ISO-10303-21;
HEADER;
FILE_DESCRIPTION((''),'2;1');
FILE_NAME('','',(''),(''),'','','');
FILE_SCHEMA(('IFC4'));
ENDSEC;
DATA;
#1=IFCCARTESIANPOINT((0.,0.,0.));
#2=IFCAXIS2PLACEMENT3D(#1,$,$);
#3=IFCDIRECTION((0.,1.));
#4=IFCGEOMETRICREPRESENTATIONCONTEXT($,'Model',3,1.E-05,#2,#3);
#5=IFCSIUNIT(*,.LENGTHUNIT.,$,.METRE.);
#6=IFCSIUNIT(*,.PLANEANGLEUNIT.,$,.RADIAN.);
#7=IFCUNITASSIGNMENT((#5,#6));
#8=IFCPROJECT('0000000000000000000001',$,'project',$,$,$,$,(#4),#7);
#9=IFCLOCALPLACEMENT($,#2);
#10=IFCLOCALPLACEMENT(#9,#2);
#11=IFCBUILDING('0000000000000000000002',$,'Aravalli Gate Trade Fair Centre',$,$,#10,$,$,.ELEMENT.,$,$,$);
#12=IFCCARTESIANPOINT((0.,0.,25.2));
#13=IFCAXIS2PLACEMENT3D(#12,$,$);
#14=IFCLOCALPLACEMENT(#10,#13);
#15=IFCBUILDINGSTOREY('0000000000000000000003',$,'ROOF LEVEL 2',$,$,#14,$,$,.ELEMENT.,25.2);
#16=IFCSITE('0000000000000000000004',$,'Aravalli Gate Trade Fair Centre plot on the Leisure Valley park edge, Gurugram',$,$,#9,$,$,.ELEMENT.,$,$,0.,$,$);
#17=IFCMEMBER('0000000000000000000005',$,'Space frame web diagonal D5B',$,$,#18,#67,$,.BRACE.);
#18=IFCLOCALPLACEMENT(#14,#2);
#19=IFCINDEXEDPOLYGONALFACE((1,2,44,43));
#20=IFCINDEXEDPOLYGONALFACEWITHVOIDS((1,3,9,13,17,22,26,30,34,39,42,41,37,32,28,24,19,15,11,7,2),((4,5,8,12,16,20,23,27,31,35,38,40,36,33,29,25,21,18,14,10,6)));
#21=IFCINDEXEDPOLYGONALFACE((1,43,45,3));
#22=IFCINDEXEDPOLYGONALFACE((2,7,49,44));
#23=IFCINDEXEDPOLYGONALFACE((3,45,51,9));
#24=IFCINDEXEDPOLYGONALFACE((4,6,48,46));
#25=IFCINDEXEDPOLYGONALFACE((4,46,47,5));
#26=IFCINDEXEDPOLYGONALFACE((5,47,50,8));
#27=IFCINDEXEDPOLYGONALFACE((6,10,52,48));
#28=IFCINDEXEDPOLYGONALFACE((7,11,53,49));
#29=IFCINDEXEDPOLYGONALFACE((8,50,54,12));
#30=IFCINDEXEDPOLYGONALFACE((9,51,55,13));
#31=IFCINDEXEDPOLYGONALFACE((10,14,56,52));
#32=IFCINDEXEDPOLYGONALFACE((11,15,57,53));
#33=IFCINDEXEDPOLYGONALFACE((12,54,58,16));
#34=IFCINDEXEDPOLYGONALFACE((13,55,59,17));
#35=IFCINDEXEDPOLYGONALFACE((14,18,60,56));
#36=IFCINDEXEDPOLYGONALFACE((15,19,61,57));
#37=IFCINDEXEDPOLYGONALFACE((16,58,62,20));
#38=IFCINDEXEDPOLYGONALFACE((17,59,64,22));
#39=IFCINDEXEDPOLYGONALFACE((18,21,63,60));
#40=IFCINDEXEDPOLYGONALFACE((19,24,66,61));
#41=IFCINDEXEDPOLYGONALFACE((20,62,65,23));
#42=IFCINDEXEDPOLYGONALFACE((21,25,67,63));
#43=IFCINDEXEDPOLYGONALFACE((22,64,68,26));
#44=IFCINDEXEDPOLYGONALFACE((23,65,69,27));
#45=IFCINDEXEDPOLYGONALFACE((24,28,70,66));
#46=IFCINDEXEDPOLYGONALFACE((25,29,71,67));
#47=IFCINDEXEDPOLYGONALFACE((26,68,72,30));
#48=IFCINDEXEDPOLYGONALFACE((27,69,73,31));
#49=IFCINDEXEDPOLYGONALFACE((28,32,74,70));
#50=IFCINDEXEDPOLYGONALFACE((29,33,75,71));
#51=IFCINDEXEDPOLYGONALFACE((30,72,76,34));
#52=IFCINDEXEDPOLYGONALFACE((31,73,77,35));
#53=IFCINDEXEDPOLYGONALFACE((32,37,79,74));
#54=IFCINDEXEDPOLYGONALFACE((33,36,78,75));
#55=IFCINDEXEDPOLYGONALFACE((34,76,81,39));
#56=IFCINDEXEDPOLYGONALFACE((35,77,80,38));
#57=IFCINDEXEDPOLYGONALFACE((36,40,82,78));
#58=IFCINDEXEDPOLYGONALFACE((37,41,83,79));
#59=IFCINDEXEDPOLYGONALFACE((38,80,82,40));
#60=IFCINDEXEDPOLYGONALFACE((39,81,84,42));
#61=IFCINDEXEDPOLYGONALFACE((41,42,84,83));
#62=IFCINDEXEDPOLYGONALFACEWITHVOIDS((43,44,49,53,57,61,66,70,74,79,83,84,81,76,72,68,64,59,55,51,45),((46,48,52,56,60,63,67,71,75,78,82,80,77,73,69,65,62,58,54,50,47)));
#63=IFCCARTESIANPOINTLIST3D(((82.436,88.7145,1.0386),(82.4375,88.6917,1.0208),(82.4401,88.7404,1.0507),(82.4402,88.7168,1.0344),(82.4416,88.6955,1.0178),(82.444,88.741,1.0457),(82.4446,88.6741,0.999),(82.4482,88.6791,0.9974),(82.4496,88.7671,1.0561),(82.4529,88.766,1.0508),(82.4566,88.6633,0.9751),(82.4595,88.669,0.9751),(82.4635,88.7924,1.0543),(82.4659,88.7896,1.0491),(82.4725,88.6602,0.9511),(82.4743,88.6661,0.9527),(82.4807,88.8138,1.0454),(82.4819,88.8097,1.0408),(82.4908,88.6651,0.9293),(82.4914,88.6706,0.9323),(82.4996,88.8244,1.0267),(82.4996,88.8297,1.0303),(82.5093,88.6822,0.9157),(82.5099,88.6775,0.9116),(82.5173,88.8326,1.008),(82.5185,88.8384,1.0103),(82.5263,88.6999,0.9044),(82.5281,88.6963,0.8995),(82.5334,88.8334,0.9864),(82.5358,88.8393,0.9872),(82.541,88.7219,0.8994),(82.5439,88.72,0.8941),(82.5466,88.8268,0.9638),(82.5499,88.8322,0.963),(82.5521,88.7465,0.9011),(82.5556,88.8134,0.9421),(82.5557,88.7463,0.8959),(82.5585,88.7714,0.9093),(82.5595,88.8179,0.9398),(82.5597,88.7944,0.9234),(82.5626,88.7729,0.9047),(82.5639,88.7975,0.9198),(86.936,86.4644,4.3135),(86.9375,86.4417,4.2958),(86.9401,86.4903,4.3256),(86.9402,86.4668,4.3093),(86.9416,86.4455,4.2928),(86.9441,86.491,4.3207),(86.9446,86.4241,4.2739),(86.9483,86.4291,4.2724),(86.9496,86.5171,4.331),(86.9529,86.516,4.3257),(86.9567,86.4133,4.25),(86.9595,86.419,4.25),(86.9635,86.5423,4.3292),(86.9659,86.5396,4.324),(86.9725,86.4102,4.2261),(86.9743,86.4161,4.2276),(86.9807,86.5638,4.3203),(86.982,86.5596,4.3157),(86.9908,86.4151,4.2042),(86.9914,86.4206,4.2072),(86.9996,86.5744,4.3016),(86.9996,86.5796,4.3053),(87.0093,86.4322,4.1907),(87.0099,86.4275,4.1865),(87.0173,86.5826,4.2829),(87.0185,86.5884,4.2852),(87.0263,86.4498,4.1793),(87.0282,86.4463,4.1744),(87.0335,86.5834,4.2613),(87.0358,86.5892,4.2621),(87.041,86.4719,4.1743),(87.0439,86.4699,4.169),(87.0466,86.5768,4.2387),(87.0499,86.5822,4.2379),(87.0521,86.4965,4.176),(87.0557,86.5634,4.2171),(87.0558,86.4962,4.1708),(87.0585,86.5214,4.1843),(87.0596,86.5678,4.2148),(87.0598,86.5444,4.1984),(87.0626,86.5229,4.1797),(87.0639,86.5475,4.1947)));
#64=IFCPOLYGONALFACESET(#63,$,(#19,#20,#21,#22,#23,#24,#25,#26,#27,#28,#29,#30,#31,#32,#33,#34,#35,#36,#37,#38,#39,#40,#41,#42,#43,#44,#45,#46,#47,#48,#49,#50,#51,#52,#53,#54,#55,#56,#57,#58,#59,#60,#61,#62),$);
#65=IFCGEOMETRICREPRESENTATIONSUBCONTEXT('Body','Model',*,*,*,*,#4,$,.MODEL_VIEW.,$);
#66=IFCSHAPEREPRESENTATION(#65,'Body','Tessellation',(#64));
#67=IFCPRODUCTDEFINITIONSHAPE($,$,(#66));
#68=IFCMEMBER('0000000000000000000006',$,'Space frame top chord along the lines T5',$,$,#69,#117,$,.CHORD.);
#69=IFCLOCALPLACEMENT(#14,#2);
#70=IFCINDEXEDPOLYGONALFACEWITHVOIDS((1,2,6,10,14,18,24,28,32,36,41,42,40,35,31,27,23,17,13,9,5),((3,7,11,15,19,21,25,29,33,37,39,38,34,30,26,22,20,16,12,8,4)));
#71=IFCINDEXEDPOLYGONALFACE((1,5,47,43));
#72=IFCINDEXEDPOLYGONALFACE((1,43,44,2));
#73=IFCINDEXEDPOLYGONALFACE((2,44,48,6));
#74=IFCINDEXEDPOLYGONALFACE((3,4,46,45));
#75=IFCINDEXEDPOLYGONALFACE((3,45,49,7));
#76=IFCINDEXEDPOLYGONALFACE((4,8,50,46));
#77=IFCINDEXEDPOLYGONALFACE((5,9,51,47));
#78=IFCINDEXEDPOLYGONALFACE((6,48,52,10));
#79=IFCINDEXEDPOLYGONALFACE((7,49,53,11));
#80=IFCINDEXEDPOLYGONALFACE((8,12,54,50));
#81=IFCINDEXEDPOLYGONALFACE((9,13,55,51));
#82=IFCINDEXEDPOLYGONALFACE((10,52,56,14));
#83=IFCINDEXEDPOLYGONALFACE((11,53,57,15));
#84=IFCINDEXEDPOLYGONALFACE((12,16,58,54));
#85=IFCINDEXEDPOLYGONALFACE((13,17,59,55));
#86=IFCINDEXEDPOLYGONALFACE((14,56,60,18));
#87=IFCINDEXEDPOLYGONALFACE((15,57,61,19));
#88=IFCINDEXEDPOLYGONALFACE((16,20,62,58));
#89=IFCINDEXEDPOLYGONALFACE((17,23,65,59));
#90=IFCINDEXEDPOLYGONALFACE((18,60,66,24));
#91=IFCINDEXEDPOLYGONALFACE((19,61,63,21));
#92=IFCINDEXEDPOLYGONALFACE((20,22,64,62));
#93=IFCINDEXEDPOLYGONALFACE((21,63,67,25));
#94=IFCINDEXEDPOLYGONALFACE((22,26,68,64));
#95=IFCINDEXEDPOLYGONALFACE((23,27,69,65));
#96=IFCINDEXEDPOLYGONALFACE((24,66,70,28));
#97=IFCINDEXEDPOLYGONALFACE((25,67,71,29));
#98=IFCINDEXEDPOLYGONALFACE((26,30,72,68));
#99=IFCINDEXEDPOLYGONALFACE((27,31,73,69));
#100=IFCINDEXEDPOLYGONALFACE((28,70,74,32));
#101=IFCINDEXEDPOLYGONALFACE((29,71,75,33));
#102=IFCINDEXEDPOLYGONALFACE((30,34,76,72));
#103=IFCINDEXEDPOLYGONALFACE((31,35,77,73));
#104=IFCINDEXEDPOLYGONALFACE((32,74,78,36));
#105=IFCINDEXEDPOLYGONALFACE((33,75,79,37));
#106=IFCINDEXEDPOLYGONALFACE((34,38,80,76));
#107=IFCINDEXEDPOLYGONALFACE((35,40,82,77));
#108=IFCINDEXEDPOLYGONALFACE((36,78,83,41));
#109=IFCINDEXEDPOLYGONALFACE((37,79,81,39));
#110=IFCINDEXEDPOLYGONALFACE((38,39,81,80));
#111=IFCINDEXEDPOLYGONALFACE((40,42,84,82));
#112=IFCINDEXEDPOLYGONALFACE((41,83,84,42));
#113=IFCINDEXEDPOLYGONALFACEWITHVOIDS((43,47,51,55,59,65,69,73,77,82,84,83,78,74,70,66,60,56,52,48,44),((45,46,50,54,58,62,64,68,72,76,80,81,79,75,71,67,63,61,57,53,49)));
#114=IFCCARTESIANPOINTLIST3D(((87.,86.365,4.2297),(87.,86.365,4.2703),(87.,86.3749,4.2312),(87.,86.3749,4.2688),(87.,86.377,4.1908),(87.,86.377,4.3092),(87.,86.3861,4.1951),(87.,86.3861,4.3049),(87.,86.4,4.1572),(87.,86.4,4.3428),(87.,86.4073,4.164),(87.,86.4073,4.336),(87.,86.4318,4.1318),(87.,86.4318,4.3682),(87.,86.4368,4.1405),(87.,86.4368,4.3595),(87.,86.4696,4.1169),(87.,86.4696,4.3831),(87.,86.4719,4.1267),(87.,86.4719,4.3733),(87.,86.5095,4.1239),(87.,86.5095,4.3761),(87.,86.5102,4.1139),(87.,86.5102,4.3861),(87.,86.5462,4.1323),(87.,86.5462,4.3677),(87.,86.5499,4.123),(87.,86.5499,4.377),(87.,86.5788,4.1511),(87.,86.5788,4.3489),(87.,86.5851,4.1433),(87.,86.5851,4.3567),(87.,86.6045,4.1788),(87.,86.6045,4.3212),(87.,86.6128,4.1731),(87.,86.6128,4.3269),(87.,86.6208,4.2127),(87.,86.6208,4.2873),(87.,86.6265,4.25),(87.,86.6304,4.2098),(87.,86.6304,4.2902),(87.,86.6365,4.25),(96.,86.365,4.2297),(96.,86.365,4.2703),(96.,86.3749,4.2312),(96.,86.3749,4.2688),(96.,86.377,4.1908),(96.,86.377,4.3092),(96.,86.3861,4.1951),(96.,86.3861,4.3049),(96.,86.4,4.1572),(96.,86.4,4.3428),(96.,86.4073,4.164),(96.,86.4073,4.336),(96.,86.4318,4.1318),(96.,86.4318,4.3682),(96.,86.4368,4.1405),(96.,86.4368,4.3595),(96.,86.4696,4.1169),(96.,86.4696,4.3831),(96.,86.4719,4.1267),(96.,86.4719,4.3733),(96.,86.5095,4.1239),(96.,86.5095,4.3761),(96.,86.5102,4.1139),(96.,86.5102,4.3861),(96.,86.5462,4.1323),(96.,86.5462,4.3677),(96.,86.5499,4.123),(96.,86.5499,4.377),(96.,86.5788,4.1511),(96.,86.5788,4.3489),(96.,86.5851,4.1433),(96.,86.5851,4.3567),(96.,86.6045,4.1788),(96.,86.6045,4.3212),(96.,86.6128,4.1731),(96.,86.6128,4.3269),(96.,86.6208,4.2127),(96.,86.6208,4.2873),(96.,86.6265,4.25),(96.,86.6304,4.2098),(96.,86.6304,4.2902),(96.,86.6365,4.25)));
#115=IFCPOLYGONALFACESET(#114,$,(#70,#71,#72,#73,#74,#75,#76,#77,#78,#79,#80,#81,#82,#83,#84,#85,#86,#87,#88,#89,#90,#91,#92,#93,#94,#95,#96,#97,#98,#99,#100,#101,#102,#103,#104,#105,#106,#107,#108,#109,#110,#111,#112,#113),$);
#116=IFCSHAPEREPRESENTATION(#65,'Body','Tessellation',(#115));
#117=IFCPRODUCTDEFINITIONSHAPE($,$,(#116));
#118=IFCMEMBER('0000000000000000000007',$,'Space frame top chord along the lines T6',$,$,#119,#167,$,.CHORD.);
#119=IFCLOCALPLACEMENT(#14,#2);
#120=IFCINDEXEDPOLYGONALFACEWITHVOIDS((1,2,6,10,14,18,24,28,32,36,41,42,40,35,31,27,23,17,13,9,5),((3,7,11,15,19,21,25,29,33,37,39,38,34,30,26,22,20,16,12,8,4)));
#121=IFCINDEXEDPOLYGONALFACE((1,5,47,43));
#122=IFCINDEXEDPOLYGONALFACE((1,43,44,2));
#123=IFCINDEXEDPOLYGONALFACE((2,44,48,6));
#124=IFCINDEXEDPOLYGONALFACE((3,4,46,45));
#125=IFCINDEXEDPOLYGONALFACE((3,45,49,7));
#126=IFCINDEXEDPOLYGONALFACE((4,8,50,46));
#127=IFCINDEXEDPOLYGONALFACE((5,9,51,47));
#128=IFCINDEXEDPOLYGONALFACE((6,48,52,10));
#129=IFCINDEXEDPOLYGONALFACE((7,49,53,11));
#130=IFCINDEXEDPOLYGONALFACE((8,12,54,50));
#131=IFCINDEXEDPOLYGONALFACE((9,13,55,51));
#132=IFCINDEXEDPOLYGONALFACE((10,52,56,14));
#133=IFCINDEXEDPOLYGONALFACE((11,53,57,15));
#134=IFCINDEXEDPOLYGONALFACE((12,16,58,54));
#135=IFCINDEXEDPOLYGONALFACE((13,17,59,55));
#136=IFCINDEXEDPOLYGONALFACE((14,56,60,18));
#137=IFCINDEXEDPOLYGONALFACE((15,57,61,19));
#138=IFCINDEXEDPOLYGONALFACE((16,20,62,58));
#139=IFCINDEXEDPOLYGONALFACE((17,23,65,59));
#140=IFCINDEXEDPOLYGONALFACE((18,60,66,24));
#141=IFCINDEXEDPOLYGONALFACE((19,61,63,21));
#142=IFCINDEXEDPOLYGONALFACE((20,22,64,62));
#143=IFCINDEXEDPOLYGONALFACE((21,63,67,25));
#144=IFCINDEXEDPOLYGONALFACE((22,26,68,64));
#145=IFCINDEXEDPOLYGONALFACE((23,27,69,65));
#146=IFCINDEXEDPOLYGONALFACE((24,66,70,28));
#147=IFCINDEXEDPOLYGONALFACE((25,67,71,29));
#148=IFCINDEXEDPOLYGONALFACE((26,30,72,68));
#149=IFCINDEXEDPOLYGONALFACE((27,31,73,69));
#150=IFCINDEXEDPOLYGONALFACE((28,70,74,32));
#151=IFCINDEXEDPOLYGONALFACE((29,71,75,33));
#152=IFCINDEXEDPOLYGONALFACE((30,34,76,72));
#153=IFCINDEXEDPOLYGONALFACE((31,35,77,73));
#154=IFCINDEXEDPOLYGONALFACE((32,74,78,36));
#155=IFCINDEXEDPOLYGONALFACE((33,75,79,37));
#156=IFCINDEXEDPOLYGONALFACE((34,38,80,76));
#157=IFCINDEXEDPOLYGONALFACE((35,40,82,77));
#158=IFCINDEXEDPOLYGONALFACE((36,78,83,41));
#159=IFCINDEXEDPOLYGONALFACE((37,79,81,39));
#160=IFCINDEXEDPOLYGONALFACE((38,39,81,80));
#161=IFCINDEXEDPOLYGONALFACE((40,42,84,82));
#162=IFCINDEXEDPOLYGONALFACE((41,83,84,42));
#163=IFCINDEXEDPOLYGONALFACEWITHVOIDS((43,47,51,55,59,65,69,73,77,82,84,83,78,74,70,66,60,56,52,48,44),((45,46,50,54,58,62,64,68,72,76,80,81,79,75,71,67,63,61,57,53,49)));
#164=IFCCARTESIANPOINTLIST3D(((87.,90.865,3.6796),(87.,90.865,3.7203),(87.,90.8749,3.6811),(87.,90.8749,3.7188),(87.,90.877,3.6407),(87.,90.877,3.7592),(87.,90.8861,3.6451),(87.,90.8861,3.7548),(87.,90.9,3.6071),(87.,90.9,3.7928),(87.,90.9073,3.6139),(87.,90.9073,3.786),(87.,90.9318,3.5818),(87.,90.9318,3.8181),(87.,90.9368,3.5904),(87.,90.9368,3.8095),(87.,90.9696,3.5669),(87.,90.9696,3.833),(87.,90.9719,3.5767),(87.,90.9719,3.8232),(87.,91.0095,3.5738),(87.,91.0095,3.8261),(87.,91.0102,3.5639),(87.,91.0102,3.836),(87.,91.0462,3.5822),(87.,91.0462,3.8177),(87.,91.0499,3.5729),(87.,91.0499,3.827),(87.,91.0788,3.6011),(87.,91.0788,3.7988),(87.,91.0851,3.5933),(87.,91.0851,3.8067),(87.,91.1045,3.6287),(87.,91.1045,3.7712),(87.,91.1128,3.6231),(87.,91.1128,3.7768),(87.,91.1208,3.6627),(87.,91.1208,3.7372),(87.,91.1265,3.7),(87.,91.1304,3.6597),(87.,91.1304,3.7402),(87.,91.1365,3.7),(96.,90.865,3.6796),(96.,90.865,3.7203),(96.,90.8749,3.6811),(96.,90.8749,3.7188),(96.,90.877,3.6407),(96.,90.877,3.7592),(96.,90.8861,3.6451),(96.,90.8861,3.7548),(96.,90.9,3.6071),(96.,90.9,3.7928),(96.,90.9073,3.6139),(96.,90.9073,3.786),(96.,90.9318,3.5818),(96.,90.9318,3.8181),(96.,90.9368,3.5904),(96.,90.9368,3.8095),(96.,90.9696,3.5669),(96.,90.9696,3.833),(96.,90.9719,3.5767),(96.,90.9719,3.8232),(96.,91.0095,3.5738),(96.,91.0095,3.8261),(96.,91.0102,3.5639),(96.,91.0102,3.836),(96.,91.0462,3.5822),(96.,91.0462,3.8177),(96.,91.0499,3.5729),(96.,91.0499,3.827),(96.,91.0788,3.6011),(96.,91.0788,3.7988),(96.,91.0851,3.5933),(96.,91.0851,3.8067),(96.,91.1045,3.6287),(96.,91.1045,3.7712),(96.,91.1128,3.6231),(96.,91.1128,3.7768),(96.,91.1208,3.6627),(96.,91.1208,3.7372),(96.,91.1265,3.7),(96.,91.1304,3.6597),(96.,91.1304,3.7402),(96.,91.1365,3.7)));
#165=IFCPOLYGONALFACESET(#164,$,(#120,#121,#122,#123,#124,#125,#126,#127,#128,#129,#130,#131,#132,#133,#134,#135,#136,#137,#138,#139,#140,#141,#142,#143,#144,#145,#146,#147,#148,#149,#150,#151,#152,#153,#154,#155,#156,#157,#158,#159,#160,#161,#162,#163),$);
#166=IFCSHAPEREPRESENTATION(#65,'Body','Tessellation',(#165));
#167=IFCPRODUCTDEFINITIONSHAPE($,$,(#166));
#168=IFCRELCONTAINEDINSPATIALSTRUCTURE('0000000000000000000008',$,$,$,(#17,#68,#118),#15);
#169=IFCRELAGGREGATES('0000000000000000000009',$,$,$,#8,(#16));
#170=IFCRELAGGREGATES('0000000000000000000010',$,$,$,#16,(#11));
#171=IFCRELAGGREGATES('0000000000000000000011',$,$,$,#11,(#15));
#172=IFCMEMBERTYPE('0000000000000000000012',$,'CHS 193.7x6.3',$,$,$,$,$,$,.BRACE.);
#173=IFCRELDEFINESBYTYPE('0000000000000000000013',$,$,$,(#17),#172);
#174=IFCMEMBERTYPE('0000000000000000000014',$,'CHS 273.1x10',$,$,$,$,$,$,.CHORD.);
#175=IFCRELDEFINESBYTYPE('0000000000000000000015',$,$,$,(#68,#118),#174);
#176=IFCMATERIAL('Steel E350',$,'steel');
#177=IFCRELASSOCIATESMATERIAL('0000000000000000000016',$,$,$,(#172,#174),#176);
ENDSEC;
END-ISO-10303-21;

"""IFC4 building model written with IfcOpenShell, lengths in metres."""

from ifc_helpers import new_model, si_unit, direction, frame, origin, origin_2d, place, context, subcontext, project, spatial, hollow_circle, extrude, material, material_profile, profile_set, type_object, element, save


model = new_model("IFC4")

# Units and contexts
model_context = context("Model", 3, precision=1e-05, world=origin(), true_north=direction((0.0, 1.0)))
body_context = subcontext(model_context, "Body", "Model", "MODEL_VIEW")
ifc_project = project(units=[si_unit("LENGTHUNIT", "METRE"), si_unit("PLANEANGLEUNIT", "RADIAN")], contexts=[model_context])

# Site, building, storey
site_placement = place(None, origin())
site = spatial("IfcSite", under=ifc_project, at=site_placement, Name="Aravalli Gate Trade Fair Centre plot on the Leisure Valley park edge, Gurugram", CompositionType="ELEMENT", RefElevation=0.0)
building_placement = place(site_placement, origin())
building = spatial("IfcBuilding", under=site, at=building_placement, Name="Aravalli Gate Trade Fair Centre", CompositionType="ELEMENT")
storey_placement = place(building_placement, frame((0.0, 0.0, 25.2)))
storey = spatial("IfcBuildingStorey", under=building, at=storey_placement, Name="ROOF LEVEL 2", CompositionType="ELEMENT", Elevation=25.2)

# Members
ifc_material_1 = material(Name="Steel E350", Category="steel")
ifc_material_profile_1 = material_profile(ifc_material_1, hollow_circle(Radius=0.0969, WallThickness=0.0063, at=origin_2d()), Name="CHS 193.7x6.3")
ifc_profile_set_1 = profile_set([ifc_material_profile_1], Name="Steel E350")
member_type_1 = type_object("IfcMemberType", Name="CHS 193.7x6.3", PredefinedType="BRACE", material=ifc_profile_set_1)
for number, where, z_axis, x_axis, name in (
    (1, (87.0, 86.5, 4.25), (-0.74961, 0.374805, -0.545533), (-0.447214, -0.894427, 0.0), "Space frame web diagonal D5B"),
):
    element("IfcMember", number, at=place(storey_placement, frame(where, z_axis=z_axis, x_axis=x_axis)), inside=storey, type_object=member_type_1, Name=name, PredefinedType="BRACE", context=body_context, shape_type="SweptSolid", body=[
        extrude(hollow_circle(Radius=0.0969, WallThickness=0.0063, at=origin_2d()), origin(), (0.0, 0.0, 1.0), 6.0032),
    ])
ifc_material_profile_2 = material_profile(ifc_material_1, hollow_circle(Radius=0.1365, WallThickness=0.01, at=origin_2d()), Name="CHS 273.1x10")
ifc_profile_set_2 = profile_set([ifc_material_profile_2], Name="Steel E350")
member_type_2 = type_object("IfcMemberType", Name="CHS 273.1x10", PredefinedType="CHORD", material=ifc_profile_set_2)
for number, where, z_axis, x_axis, name in (
    (2, (87.0, 86.5, 4.25), (1.0, 0.0, 0.0), (0.0, 1.0, 0.0), "Space frame top chord along the lines T5"),
    (3, (87.0, 91.0, 3.7), (1.0, 0.0, 0.0), (0.0, 1.0, 0.0), "Space frame top chord along the lines T6"),
):
    element("IfcMember", number, at=place(storey_placement, frame(where, z_axis=z_axis, x_axis=x_axis)), inside=storey, type_object=member_type_2, Name=name, PredefinedType="CHORD", context=body_context, shape_type="SweptSolid", body=[
        extrude(hollow_circle(Radius=0.1365, WallThickness=0.01, at=origin_2d()), origin(), (0.0, 0.0, 1.0), 9.0),
    ])

save(model, "model.ifc")
